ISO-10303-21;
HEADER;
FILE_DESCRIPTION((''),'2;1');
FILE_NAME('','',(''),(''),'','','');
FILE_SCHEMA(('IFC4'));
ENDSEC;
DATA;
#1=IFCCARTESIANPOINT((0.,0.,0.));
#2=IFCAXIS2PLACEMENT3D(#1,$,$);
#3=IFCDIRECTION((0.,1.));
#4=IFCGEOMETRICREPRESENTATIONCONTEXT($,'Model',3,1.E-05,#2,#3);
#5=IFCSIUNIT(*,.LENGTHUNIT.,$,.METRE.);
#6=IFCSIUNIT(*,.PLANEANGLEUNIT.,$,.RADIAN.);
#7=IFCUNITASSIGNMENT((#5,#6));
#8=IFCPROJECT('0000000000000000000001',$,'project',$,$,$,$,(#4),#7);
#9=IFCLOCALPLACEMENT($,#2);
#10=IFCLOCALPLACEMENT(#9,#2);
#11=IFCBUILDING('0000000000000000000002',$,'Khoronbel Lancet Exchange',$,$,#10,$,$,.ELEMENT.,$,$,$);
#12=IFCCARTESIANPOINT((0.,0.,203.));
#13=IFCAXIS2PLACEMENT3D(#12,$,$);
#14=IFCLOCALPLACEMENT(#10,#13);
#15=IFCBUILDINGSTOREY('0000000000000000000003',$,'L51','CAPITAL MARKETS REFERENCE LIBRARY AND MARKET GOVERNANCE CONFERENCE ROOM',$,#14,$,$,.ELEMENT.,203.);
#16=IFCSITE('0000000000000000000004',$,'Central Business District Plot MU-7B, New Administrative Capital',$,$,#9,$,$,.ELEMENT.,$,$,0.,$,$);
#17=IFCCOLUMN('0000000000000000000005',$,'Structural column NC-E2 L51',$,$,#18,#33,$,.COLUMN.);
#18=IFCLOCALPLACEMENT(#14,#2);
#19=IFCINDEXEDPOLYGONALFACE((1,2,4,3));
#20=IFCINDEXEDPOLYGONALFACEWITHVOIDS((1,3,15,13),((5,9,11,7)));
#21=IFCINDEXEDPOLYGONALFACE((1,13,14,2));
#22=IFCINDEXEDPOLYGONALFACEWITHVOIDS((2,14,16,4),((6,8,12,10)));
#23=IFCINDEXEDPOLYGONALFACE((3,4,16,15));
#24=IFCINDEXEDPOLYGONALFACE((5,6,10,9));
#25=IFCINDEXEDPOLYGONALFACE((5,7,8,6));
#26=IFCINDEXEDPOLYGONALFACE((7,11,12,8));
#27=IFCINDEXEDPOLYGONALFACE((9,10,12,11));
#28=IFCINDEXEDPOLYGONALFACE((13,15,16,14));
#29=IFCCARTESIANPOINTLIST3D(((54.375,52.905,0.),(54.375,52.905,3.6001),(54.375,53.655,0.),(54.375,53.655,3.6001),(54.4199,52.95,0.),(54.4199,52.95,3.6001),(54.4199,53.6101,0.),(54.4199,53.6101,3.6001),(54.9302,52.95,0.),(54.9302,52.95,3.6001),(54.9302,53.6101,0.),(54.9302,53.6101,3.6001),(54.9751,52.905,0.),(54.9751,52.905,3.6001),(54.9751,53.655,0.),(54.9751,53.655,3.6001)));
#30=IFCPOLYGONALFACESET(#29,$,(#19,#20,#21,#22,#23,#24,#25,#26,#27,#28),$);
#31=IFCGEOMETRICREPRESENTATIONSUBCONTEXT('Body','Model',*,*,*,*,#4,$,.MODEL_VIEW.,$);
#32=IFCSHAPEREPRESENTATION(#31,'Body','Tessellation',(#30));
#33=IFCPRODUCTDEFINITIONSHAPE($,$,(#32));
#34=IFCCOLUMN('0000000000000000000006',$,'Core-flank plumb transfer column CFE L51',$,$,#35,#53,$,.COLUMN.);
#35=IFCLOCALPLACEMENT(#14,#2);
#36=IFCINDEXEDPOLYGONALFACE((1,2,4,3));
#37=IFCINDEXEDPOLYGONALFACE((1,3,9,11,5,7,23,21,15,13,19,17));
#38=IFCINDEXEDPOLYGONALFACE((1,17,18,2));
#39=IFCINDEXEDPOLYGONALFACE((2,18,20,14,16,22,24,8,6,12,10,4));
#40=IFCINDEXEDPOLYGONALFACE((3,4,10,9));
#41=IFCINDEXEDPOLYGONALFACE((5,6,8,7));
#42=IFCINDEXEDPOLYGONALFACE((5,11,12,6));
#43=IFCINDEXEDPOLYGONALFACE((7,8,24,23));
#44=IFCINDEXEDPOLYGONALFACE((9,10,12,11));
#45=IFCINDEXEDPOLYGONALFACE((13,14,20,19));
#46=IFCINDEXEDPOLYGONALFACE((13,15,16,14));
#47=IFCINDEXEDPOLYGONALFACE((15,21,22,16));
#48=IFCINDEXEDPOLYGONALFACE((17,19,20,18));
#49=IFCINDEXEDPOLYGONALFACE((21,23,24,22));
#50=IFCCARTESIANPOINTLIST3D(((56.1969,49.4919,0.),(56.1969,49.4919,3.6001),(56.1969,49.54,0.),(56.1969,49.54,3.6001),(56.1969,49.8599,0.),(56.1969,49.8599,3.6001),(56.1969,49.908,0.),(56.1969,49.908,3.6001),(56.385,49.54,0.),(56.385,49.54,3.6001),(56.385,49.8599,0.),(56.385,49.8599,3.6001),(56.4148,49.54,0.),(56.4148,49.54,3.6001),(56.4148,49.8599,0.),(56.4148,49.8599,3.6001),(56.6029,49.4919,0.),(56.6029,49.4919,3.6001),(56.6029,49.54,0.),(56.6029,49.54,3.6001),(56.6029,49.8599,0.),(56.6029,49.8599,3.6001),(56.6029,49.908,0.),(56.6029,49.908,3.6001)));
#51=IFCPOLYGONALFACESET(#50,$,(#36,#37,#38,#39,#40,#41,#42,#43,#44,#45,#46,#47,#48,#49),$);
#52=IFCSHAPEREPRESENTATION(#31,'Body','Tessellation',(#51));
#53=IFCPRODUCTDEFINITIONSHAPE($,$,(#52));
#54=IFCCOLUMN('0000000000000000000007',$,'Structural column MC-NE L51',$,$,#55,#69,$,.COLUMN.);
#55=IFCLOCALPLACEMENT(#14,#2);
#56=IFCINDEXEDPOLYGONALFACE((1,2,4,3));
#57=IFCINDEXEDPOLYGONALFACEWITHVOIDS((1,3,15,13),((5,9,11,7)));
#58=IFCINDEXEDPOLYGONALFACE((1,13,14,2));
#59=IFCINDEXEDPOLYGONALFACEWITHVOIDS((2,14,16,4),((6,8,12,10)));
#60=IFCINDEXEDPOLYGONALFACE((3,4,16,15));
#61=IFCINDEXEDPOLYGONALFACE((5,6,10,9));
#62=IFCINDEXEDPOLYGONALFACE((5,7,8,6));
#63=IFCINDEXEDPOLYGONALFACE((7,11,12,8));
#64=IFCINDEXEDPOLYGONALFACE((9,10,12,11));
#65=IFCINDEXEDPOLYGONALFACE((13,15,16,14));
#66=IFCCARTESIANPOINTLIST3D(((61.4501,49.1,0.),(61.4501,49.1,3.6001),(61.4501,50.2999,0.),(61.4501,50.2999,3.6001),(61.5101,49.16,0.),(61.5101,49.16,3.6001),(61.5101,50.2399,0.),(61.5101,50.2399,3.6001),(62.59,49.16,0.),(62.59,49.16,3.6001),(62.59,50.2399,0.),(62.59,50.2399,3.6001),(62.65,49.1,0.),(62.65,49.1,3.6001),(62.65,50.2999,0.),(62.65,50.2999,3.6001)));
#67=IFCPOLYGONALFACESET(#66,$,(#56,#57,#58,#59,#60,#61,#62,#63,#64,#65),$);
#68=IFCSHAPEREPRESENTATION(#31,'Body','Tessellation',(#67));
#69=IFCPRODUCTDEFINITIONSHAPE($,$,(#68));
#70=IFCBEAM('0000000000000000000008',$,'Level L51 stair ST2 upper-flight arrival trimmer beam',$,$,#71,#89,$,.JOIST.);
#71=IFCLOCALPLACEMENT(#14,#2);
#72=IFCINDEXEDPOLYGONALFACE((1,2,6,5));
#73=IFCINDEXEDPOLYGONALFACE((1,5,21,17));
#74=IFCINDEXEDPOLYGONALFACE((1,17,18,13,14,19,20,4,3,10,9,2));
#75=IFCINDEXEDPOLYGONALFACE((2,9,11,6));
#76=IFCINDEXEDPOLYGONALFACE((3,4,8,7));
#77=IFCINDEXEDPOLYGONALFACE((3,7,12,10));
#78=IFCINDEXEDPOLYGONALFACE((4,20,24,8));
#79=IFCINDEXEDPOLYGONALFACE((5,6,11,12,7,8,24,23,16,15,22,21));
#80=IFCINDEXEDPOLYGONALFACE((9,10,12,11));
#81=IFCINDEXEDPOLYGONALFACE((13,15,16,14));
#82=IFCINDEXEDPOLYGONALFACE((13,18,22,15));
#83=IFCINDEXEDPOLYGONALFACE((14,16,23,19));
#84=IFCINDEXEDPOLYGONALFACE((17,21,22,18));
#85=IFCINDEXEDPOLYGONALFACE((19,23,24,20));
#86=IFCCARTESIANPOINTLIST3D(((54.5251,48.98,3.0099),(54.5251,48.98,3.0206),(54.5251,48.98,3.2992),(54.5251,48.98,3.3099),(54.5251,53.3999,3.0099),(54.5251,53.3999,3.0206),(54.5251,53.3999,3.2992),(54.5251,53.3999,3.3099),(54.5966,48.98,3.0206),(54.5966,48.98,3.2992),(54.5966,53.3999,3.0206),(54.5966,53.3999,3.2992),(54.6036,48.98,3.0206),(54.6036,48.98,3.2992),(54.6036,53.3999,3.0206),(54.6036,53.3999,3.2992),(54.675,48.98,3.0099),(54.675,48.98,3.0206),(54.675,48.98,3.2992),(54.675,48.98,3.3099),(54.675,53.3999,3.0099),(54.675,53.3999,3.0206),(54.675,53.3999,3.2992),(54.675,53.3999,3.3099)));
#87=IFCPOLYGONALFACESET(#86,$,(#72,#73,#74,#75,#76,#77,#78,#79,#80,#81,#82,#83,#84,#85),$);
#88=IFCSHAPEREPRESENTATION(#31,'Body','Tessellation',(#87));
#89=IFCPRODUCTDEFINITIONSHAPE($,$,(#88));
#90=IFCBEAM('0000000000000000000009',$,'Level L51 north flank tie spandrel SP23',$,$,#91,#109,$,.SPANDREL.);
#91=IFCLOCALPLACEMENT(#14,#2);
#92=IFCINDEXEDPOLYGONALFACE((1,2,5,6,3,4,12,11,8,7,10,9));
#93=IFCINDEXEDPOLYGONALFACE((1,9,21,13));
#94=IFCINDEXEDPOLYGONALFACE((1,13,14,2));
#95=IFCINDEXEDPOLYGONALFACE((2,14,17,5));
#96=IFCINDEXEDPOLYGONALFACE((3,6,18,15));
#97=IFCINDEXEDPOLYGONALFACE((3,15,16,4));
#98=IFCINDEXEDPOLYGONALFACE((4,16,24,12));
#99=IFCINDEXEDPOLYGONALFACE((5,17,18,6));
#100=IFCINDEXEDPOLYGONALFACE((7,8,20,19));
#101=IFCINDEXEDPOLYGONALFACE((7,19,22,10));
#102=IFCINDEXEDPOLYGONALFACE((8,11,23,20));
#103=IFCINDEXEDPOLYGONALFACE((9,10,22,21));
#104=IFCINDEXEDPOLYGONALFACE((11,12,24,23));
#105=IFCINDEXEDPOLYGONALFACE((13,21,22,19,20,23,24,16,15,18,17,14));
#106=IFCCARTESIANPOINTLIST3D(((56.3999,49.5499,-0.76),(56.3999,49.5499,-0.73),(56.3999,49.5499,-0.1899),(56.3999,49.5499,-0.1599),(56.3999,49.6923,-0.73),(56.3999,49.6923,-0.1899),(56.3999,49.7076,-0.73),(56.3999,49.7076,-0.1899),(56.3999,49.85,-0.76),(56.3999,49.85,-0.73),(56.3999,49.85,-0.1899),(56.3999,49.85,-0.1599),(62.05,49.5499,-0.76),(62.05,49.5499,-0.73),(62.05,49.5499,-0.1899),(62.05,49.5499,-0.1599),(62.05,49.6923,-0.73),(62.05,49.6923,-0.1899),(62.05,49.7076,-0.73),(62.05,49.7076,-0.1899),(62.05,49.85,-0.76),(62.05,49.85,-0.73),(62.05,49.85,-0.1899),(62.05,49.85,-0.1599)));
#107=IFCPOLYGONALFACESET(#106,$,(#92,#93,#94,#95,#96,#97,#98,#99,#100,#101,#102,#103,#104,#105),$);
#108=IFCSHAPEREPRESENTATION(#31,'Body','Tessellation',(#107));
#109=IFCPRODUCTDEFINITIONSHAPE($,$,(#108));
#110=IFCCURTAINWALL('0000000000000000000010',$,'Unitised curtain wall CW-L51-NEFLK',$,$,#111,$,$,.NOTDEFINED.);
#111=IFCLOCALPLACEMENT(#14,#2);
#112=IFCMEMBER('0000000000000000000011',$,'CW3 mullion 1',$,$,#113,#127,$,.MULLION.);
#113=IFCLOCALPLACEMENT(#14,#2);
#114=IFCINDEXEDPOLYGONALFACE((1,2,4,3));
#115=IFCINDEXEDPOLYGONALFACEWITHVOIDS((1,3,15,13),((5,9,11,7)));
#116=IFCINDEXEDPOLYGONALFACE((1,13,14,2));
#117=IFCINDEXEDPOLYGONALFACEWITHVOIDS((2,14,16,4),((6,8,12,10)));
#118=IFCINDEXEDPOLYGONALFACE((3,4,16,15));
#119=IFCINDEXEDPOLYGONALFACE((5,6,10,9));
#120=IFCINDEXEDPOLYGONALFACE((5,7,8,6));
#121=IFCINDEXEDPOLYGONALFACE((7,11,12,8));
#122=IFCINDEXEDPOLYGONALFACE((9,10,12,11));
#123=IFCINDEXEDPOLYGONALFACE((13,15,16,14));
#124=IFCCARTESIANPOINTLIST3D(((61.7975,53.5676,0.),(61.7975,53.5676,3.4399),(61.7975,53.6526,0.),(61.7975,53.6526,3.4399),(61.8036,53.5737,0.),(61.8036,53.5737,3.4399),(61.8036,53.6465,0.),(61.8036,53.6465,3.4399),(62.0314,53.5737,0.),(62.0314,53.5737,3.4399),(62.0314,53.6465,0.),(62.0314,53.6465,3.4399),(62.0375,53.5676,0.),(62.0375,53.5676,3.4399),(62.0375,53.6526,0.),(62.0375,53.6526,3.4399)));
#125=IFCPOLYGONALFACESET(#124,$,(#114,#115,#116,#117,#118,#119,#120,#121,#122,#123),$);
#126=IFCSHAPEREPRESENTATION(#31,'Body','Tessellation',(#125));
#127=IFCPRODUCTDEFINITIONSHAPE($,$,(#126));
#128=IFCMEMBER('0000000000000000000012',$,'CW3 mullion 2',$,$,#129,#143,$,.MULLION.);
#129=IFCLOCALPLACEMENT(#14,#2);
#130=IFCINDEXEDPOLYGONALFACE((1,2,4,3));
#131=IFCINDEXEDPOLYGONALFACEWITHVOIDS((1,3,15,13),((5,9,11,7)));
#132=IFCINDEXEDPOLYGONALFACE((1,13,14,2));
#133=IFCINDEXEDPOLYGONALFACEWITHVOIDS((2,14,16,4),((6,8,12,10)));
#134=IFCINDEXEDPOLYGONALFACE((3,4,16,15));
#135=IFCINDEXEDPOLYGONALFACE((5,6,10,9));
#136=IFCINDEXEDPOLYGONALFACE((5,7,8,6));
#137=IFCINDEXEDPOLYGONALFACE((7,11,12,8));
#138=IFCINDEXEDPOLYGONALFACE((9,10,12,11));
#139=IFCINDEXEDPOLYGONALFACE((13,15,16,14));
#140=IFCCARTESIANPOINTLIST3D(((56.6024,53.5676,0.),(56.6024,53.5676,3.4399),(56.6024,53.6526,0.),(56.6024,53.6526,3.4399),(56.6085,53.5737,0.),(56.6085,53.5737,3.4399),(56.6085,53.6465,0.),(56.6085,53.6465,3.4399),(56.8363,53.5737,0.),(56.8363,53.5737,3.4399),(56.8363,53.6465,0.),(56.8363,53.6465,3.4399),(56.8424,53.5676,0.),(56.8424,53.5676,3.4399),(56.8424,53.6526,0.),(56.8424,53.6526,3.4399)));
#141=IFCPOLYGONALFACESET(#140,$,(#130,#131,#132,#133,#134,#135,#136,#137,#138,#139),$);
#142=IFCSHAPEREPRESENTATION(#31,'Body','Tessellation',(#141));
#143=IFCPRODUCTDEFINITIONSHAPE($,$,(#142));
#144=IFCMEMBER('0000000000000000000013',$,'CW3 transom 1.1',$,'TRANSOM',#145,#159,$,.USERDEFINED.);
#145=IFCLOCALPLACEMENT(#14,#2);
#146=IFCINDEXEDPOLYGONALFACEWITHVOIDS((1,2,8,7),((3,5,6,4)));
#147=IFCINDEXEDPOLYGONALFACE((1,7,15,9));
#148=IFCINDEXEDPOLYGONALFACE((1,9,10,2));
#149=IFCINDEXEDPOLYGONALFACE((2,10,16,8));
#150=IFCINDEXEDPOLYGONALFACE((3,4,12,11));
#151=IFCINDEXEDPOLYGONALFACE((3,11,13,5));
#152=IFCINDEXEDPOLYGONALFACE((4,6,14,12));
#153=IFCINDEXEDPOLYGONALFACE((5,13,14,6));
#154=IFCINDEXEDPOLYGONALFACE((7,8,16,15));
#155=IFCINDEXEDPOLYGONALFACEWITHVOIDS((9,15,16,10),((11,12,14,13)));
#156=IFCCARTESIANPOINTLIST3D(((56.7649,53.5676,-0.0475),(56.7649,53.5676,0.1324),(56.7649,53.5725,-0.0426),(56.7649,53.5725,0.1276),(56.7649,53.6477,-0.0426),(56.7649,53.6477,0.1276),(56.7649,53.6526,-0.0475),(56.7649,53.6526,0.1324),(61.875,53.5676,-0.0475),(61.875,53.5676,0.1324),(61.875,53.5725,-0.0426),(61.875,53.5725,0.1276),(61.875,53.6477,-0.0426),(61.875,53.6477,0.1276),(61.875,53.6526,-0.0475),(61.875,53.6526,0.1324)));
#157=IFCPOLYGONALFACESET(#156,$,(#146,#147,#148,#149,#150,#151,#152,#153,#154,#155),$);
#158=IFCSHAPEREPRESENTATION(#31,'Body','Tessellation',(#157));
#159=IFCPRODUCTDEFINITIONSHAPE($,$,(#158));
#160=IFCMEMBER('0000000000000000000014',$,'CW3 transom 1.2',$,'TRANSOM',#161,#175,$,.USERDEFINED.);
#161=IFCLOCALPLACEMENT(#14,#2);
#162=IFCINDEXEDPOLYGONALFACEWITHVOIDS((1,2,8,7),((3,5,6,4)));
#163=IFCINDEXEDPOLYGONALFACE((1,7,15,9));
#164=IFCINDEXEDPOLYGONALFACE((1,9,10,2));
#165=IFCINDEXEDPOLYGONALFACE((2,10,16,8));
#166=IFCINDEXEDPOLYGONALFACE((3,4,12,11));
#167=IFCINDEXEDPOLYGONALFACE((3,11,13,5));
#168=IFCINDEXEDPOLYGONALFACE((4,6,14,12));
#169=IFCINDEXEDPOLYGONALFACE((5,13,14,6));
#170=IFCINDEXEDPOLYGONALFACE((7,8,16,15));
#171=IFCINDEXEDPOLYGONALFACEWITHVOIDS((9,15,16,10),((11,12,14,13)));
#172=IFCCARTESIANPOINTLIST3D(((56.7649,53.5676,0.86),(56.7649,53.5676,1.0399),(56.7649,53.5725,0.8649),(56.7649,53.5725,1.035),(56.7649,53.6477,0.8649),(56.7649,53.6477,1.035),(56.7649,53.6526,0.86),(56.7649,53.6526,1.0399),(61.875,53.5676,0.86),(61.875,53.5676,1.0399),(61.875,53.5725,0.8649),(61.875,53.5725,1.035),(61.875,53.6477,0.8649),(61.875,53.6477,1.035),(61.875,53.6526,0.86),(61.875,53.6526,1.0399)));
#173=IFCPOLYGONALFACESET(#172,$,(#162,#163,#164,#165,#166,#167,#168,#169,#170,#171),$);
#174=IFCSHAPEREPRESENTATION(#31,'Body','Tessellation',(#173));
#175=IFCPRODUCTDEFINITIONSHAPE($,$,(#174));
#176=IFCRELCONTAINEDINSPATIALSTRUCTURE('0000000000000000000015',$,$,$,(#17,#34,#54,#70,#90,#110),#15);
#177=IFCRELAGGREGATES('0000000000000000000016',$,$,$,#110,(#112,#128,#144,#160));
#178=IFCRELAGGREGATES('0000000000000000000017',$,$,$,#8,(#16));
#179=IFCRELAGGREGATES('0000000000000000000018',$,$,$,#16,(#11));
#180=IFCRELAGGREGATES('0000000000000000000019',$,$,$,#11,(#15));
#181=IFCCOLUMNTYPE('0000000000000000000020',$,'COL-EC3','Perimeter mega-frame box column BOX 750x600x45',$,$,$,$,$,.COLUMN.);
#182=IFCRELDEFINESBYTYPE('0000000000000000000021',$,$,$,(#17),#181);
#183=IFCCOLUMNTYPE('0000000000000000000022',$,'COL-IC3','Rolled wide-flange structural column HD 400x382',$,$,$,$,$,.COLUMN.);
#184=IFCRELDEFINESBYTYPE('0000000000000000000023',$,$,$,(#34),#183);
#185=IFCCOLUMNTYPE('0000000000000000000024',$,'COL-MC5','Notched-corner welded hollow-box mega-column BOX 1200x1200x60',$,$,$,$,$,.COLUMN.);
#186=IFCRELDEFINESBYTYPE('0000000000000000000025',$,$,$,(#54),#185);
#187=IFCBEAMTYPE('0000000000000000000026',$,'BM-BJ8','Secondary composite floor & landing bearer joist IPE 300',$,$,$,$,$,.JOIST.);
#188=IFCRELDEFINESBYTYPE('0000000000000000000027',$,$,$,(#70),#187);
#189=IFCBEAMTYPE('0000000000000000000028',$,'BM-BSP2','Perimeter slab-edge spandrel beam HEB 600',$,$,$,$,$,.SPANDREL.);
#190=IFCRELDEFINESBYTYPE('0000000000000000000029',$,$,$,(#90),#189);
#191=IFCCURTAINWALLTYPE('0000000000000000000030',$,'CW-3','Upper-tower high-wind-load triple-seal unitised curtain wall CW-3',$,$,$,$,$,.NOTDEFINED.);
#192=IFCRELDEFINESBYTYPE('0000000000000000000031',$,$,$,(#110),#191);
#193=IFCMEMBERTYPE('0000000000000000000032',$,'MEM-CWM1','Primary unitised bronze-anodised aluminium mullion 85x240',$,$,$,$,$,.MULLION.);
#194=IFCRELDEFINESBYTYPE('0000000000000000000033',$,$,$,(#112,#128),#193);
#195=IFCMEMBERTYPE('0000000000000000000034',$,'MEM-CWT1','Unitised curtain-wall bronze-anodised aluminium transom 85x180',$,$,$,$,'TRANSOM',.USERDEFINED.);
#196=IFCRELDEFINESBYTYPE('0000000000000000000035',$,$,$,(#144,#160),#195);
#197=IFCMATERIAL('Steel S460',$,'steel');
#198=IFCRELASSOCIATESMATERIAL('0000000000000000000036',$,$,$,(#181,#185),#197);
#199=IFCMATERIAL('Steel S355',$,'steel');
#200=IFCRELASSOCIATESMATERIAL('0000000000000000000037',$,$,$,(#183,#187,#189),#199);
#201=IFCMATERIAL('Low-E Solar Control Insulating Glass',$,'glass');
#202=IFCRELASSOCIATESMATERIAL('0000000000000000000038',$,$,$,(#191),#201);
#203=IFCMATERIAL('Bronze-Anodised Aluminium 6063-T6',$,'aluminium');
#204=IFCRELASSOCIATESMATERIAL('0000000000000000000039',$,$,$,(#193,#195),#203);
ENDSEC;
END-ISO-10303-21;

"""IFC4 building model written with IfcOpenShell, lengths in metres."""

from ifc_helpers import new_model, si_unit, direction, frame, origin, origin_2d, place, context, subcontext, project, spatial, hollow_rectangle, i_section, extrude, material, material_profile, profile_set, type_object, element, aggregate, save


model = new_model("IFC4")

# Units and contexts
model_context = context("Model", 3, precision=1e-05, world=origin(), true_north=direction((0.0, 1.0)))
body_context = subcontext(model_context, "Body", "Model", "MODEL_VIEW")
ifc_project = project(units=[si_unit("LENGTHUNIT", "METRE"), si_unit("PLANEANGLEUNIT", "RADIAN")], contexts=[model_context])

# Site, building, storey
site_placement = place(None, origin())
site = spatial("IfcSite", under=ifc_project, at=site_placement, Name="Central Business District Plot MU-7B, New Administrative Capital", CompositionType="ELEMENT", RefElevation=0.0)
building_placement = place(site_placement, origin())
building = spatial("IfcBuilding", under=site, at=building_placement, Name="Khoronbel Lancet Exchange", CompositionType="ELEMENT")
storey_placement = place(building_placement, frame((0.0, 0.0, 203.0)))
storey = spatial("IfcBuildingStorey", under=building, at=storey_placement, Name="L51", Description="CAPITAL MARKETS REFERENCE LIBRARY AND MARKET GOVERNANCE CONFERENCE ROOM", CompositionType="ELEMENT", Elevation=203.0)

# Columns
ifc_material_1 = material(Name="Steel S460", Category="steel")
ifc_material_profile_1 = material_profile(ifc_material_1, hollow_rectangle(XDim=0.6001, YDim=0.75, WallThickness=0.0449, at=origin_2d()), Name="BOX 750x600x45")
ifc_profile_set_1 = profile_set([ifc_material_profile_1], Name="Steel S460")
column_type_1 = type_object("IfcColumnType", Name="COL-EC3", Description="Perimeter mega-frame box column BOX 750x600x45", PredefinedType="COLUMN", material=ifc_profile_set_1)
column_1_placement = place(storey_placement, frame((54.675, 53.28, 0.0), z_axis=(0.0, 0.0, 1.0), x_axis=(1.0, 0.0, 0.0)))
element("IfcColumn", 1, at=column_1_placement, inside=storey, type_object=column_type_1, Name="Structural column NC-E2 L51", PredefinedType="COLUMN", context=body_context, shape_type="SweptSolid", body=[
    extrude(hollow_rectangle(XDim=0.6001, YDim=0.75, WallThickness=0.0449, at=origin_2d()), origin(), (0.0, 0.0, 1.0), 3.6001),
])
ifc_material_2 = material(Name="Steel S355", Category="steel")
ifc_material_profile_2 = material_profile(ifc_material_2, i_section(OverallWidth=0.406, OverallDepth=0.416, WebThickness=0.0298, FlangeThickness=0.0481, at=origin_2d()), Name="HD 400x382")
ifc_profile_set_2 = profile_set([ifc_material_profile_2], Name="Steel S355")
column_type_2 = type_object("IfcColumnType", Name="COL-IC3", Description="Rolled wide-flange structural column HD 400x382", PredefinedType="COLUMN", material=ifc_profile_set_2)
column_2_placement = place(storey_placement, frame((56.3999, 49.7, 0.0), z_axis=(0.0, 0.0, 1.0), x_axis=(1.0, 0.0, 0.0)))
element("IfcColumn", 2, at=column_2_placement, inside=storey, type_object=column_type_2, Name="Core-flank plumb transfer column CFE L51", PredefinedType="COLUMN", context=body_context, shape_type="SweptSolid", body=[
    extrude(i_section(OverallWidth=0.406, OverallDepth=0.416, WebThickness=0.0298, FlangeThickness=0.0481, at=origin_2d()), origin(), (0.0, 0.0, 1.0), 3.6001),
])
ifc_material_profile_3 = material_profile(ifc_material_1, hollow_rectangle(XDim=1.2, YDim=1.2, WallThickness=0.0601, at=origin_2d()), Name="BOX 1200x1200x60")
ifc_profile_set_3 = profile_set([ifc_material_profile_3], Name="Steel S460")
column_type_3 = type_object("IfcColumnType", Name="COL-MC5", Description="Notched-corner welded hollow-box mega-column BOX 1200x1200x60", PredefinedType="COLUMN", material=ifc_profile_set_3)
column_3_placement = place(storey_placement, frame((62.05, 49.7, 0.0), z_axis=(0.0, 0.0, 1.0), x_axis=(1.0, 0.0, 0.0)))
element("IfcColumn", 3, at=column_3_placement, inside=storey, type_object=column_type_3, Name="Structural column MC-NE L51", PredefinedType="COLUMN", context=body_context, shape_type="SweptSolid", body=[
    extrude(hollow_rectangle(XDim=1.2, YDim=1.2, WallThickness=0.0601, at=origin_2d()), origin(), (0.0, 0.0, 1.0), 3.6001),
])

# Beams
ifc_material_profile_4 = material_profile(ifc_material_2, i_section(OverallWidth=0.1499, OverallDepth=0.3, WebThickness=0.0071, FlangeThickness=0.0107, at=origin_2d()), Name="IPE 300")
ifc_profile_set_4 = profile_set([ifc_material_profile_4], Name="Steel S355")
beam_type_1 = type_object("IfcBeamType", Name="BM-BJ8", Description="Secondary composite floor & landing bearer joist IPE 300", PredefinedType="JOIST", material=ifc_profile_set_4)
beam_1_placement = place(storey_placement, frame((54.6001, 48.98, 3.1599), z_axis=(0.0, 1.0, 0.0), x_axis=(-1.0, 0.0, 0.0)))
element("IfcBeam", 4, at=beam_1_placement, inside=storey, type_object=beam_type_1, Name="Level L51 stair ST2 upper-flight arrival trimmer beam", PredefinedType="JOIST", context=body_context, shape_type="SweptSolid", body=[
    extrude(i_section(OverallWidth=0.1499, OverallDepth=0.3, WebThickness=0.0071, FlangeThickness=0.0107, at=origin_2d()), origin(), (0.0, 0.0, 1.0), 4.4199),
])
ifc_material_profile_5 = material_profile(ifc_material_2, i_section(OverallWidth=0.3, OverallDepth=0.6001, WebThickness=0.0154, FlangeThickness=0.03, at=origin_2d()), Name="HEB 600")
ifc_profile_set_5 = profile_set([ifc_material_profile_5], Name="Steel S355")
beam_type_2 = type_object("IfcBeamType", Name="BM-BSP2", Description="Perimeter slab-edge spandrel beam HEB 600", PredefinedType="SPANDREL", material=ifc_profile_set_5)
beam_2_placement = place(storey_placement, frame((62.05, 49.7, -0.46), z_axis=(-1.0, 0.0, 0.0), x_axis=(0.0, -1.0, 0.0)))
element("IfcBeam", 5, at=beam_2_placement, inside=storey, type_object=beam_type_2, Name="Level L51 north flank tie spandrel SP23", PredefinedType="SPANDREL", context=body_context, shape_type="SweptSolid", body=[
    extrude(i_section(OverallWidth=0.3, OverallDepth=0.6001, WebThickness=0.0154, FlangeThickness=0.03, at=origin_2d()), origin(), (0.0, 0.0, 1.0), 5.6501),
])

# Curtain wall, members
ifc_material_3 = material(Name="Low-E Solar Control Insulating Glass", Category="glass")
curtain_wall_type = type_object("IfcCurtainWallType", Name="CW-3", Description="Upper-tower high-wind-load triple-seal unitised curtain wall CW-3", PredefinedType="NOTDEFINED", material=ifc_material_3)
curtain_wall_placement = place(storey_placement, origin())
curtain_wall = element("IfcCurtainWall", 6, at=curtain_wall_placement, inside=storey, type_object=curtain_wall_type, Name="Unitised curtain wall CW-L51-NEFLK", PredefinedType="NOTDEFINED")
ifc_material_4 = material(Name="Bronze-Anodised Aluminium 6063-T6", Category="aluminium")
ifc_material_profile_6 = material_profile(ifc_material_4, hollow_rectangle(XDim=0.085, YDim=0.24, WallThickness=0.0061, at=origin_2d()), Name="ALU MULLION 85x240")
ifc_profile_set_6 = profile_set([ifc_material_profile_6], Name="Bronze-Anodised Aluminium 6063-T6")
member_type_1 = type_object("IfcMemberType", Name="MEM-CWM1", Description="Primary unitised bronze-anodised aluminium mullion 85x240", PredefinedType="MULLION", material=ifc_profile_set_6)
member_1_placement = place(storey_placement, frame((61.9175, 53.6101, 0.0), z_axis=(0.0, 0.0, 1.0), x_axis=(0.0, -1.0, 0.0)))
member_1 = element("IfcMember", 7, at=member_1_placement, type_object=member_type_1, Name="CW3 mullion 1", PredefinedType="MULLION", context=body_context, shape_type="SweptSolid", body=[
    extrude(hollow_rectangle(XDim=0.085, YDim=0.24, WallThickness=0.0061, at=origin_2d()), origin(), (0.0, 0.0, 1.0), 3.4399),
])
member_2_placement = place(storey_placement, frame((56.7224, 53.6101, 0.0), z_axis=(0.0, 0.0, 1.0), x_axis=(0.0, -1.0, 0.0)))
member_2 = element("IfcMember", 8, at=member_2_placement, type_object=member_type_1, Name="CW3 mullion 2", PredefinedType="MULLION", context=body_context, shape_type="SweptSolid", body=[
    extrude(hollow_rectangle(XDim=0.085, YDim=0.24, WallThickness=0.0061, at=origin_2d()), origin(), (0.0, 0.0, 1.0), 3.4399),
])
ifc_material_profile_7 = material_profile(ifc_material_4, hollow_rectangle(XDim=0.085, YDim=0.1799, WallThickness=0.0049, at=origin_2d()), Name="ALU TRANSOM 85x180")
ifc_profile_set_7 = profile_set([ifc_material_profile_7], Name="Bronze-Anodised Aluminium 6063-T6")
member_type_2 = type_object("IfcMemberType", Name="MEM-CWT1", Description="Unitised curtain-wall bronze-anodised aluminium transom 85x180", ElementType="TRANSOM", PredefinedType="USERDEFINED", material=ifc_profile_set_7)
member_3_placement = place(storey_placement, frame((61.875, 53.6101, 0.0425), z_axis=(-1.0, 0.0, 0.0), x_axis=(0.0, -1.0, 0.0)))
member_3 = element("IfcMember", 9, at=member_3_placement, type_object=member_type_2, Name="CW3 transom 1.1", ObjectType="TRANSOM", PredefinedType="USERDEFINED", context=body_context, shape_type="SweptSolid", body=[
    extrude(hollow_rectangle(XDim=0.085, YDim=0.1799, WallThickness=0.0049, at=origin_2d()), origin(), (0.0, 0.0, 1.0), 5.1101),
])
member_4_placement = place(storey_placement, frame((61.875, 53.6101, 0.95), z_axis=(-1.0, 0.0, 0.0), x_axis=(0.0, -1.0, 0.0)))
member_4 = element("IfcMember", 10, at=member_4_placement, type_object=member_type_2, Name="CW3 transom 1.2", ObjectType="TRANSOM", PredefinedType="USERDEFINED", context=body_context, shape_type="SweptSolid", body=[
    extrude(hollow_rectangle(XDim=0.085, YDim=0.1799, WallThickness=0.0049, at=origin_2d()), origin(), (0.0, 0.0, 1.0), 5.1101),
])
aggregate(curtain_wall, [member_1, member_2, member_3, member_4])

save(model, "model.ifc")
